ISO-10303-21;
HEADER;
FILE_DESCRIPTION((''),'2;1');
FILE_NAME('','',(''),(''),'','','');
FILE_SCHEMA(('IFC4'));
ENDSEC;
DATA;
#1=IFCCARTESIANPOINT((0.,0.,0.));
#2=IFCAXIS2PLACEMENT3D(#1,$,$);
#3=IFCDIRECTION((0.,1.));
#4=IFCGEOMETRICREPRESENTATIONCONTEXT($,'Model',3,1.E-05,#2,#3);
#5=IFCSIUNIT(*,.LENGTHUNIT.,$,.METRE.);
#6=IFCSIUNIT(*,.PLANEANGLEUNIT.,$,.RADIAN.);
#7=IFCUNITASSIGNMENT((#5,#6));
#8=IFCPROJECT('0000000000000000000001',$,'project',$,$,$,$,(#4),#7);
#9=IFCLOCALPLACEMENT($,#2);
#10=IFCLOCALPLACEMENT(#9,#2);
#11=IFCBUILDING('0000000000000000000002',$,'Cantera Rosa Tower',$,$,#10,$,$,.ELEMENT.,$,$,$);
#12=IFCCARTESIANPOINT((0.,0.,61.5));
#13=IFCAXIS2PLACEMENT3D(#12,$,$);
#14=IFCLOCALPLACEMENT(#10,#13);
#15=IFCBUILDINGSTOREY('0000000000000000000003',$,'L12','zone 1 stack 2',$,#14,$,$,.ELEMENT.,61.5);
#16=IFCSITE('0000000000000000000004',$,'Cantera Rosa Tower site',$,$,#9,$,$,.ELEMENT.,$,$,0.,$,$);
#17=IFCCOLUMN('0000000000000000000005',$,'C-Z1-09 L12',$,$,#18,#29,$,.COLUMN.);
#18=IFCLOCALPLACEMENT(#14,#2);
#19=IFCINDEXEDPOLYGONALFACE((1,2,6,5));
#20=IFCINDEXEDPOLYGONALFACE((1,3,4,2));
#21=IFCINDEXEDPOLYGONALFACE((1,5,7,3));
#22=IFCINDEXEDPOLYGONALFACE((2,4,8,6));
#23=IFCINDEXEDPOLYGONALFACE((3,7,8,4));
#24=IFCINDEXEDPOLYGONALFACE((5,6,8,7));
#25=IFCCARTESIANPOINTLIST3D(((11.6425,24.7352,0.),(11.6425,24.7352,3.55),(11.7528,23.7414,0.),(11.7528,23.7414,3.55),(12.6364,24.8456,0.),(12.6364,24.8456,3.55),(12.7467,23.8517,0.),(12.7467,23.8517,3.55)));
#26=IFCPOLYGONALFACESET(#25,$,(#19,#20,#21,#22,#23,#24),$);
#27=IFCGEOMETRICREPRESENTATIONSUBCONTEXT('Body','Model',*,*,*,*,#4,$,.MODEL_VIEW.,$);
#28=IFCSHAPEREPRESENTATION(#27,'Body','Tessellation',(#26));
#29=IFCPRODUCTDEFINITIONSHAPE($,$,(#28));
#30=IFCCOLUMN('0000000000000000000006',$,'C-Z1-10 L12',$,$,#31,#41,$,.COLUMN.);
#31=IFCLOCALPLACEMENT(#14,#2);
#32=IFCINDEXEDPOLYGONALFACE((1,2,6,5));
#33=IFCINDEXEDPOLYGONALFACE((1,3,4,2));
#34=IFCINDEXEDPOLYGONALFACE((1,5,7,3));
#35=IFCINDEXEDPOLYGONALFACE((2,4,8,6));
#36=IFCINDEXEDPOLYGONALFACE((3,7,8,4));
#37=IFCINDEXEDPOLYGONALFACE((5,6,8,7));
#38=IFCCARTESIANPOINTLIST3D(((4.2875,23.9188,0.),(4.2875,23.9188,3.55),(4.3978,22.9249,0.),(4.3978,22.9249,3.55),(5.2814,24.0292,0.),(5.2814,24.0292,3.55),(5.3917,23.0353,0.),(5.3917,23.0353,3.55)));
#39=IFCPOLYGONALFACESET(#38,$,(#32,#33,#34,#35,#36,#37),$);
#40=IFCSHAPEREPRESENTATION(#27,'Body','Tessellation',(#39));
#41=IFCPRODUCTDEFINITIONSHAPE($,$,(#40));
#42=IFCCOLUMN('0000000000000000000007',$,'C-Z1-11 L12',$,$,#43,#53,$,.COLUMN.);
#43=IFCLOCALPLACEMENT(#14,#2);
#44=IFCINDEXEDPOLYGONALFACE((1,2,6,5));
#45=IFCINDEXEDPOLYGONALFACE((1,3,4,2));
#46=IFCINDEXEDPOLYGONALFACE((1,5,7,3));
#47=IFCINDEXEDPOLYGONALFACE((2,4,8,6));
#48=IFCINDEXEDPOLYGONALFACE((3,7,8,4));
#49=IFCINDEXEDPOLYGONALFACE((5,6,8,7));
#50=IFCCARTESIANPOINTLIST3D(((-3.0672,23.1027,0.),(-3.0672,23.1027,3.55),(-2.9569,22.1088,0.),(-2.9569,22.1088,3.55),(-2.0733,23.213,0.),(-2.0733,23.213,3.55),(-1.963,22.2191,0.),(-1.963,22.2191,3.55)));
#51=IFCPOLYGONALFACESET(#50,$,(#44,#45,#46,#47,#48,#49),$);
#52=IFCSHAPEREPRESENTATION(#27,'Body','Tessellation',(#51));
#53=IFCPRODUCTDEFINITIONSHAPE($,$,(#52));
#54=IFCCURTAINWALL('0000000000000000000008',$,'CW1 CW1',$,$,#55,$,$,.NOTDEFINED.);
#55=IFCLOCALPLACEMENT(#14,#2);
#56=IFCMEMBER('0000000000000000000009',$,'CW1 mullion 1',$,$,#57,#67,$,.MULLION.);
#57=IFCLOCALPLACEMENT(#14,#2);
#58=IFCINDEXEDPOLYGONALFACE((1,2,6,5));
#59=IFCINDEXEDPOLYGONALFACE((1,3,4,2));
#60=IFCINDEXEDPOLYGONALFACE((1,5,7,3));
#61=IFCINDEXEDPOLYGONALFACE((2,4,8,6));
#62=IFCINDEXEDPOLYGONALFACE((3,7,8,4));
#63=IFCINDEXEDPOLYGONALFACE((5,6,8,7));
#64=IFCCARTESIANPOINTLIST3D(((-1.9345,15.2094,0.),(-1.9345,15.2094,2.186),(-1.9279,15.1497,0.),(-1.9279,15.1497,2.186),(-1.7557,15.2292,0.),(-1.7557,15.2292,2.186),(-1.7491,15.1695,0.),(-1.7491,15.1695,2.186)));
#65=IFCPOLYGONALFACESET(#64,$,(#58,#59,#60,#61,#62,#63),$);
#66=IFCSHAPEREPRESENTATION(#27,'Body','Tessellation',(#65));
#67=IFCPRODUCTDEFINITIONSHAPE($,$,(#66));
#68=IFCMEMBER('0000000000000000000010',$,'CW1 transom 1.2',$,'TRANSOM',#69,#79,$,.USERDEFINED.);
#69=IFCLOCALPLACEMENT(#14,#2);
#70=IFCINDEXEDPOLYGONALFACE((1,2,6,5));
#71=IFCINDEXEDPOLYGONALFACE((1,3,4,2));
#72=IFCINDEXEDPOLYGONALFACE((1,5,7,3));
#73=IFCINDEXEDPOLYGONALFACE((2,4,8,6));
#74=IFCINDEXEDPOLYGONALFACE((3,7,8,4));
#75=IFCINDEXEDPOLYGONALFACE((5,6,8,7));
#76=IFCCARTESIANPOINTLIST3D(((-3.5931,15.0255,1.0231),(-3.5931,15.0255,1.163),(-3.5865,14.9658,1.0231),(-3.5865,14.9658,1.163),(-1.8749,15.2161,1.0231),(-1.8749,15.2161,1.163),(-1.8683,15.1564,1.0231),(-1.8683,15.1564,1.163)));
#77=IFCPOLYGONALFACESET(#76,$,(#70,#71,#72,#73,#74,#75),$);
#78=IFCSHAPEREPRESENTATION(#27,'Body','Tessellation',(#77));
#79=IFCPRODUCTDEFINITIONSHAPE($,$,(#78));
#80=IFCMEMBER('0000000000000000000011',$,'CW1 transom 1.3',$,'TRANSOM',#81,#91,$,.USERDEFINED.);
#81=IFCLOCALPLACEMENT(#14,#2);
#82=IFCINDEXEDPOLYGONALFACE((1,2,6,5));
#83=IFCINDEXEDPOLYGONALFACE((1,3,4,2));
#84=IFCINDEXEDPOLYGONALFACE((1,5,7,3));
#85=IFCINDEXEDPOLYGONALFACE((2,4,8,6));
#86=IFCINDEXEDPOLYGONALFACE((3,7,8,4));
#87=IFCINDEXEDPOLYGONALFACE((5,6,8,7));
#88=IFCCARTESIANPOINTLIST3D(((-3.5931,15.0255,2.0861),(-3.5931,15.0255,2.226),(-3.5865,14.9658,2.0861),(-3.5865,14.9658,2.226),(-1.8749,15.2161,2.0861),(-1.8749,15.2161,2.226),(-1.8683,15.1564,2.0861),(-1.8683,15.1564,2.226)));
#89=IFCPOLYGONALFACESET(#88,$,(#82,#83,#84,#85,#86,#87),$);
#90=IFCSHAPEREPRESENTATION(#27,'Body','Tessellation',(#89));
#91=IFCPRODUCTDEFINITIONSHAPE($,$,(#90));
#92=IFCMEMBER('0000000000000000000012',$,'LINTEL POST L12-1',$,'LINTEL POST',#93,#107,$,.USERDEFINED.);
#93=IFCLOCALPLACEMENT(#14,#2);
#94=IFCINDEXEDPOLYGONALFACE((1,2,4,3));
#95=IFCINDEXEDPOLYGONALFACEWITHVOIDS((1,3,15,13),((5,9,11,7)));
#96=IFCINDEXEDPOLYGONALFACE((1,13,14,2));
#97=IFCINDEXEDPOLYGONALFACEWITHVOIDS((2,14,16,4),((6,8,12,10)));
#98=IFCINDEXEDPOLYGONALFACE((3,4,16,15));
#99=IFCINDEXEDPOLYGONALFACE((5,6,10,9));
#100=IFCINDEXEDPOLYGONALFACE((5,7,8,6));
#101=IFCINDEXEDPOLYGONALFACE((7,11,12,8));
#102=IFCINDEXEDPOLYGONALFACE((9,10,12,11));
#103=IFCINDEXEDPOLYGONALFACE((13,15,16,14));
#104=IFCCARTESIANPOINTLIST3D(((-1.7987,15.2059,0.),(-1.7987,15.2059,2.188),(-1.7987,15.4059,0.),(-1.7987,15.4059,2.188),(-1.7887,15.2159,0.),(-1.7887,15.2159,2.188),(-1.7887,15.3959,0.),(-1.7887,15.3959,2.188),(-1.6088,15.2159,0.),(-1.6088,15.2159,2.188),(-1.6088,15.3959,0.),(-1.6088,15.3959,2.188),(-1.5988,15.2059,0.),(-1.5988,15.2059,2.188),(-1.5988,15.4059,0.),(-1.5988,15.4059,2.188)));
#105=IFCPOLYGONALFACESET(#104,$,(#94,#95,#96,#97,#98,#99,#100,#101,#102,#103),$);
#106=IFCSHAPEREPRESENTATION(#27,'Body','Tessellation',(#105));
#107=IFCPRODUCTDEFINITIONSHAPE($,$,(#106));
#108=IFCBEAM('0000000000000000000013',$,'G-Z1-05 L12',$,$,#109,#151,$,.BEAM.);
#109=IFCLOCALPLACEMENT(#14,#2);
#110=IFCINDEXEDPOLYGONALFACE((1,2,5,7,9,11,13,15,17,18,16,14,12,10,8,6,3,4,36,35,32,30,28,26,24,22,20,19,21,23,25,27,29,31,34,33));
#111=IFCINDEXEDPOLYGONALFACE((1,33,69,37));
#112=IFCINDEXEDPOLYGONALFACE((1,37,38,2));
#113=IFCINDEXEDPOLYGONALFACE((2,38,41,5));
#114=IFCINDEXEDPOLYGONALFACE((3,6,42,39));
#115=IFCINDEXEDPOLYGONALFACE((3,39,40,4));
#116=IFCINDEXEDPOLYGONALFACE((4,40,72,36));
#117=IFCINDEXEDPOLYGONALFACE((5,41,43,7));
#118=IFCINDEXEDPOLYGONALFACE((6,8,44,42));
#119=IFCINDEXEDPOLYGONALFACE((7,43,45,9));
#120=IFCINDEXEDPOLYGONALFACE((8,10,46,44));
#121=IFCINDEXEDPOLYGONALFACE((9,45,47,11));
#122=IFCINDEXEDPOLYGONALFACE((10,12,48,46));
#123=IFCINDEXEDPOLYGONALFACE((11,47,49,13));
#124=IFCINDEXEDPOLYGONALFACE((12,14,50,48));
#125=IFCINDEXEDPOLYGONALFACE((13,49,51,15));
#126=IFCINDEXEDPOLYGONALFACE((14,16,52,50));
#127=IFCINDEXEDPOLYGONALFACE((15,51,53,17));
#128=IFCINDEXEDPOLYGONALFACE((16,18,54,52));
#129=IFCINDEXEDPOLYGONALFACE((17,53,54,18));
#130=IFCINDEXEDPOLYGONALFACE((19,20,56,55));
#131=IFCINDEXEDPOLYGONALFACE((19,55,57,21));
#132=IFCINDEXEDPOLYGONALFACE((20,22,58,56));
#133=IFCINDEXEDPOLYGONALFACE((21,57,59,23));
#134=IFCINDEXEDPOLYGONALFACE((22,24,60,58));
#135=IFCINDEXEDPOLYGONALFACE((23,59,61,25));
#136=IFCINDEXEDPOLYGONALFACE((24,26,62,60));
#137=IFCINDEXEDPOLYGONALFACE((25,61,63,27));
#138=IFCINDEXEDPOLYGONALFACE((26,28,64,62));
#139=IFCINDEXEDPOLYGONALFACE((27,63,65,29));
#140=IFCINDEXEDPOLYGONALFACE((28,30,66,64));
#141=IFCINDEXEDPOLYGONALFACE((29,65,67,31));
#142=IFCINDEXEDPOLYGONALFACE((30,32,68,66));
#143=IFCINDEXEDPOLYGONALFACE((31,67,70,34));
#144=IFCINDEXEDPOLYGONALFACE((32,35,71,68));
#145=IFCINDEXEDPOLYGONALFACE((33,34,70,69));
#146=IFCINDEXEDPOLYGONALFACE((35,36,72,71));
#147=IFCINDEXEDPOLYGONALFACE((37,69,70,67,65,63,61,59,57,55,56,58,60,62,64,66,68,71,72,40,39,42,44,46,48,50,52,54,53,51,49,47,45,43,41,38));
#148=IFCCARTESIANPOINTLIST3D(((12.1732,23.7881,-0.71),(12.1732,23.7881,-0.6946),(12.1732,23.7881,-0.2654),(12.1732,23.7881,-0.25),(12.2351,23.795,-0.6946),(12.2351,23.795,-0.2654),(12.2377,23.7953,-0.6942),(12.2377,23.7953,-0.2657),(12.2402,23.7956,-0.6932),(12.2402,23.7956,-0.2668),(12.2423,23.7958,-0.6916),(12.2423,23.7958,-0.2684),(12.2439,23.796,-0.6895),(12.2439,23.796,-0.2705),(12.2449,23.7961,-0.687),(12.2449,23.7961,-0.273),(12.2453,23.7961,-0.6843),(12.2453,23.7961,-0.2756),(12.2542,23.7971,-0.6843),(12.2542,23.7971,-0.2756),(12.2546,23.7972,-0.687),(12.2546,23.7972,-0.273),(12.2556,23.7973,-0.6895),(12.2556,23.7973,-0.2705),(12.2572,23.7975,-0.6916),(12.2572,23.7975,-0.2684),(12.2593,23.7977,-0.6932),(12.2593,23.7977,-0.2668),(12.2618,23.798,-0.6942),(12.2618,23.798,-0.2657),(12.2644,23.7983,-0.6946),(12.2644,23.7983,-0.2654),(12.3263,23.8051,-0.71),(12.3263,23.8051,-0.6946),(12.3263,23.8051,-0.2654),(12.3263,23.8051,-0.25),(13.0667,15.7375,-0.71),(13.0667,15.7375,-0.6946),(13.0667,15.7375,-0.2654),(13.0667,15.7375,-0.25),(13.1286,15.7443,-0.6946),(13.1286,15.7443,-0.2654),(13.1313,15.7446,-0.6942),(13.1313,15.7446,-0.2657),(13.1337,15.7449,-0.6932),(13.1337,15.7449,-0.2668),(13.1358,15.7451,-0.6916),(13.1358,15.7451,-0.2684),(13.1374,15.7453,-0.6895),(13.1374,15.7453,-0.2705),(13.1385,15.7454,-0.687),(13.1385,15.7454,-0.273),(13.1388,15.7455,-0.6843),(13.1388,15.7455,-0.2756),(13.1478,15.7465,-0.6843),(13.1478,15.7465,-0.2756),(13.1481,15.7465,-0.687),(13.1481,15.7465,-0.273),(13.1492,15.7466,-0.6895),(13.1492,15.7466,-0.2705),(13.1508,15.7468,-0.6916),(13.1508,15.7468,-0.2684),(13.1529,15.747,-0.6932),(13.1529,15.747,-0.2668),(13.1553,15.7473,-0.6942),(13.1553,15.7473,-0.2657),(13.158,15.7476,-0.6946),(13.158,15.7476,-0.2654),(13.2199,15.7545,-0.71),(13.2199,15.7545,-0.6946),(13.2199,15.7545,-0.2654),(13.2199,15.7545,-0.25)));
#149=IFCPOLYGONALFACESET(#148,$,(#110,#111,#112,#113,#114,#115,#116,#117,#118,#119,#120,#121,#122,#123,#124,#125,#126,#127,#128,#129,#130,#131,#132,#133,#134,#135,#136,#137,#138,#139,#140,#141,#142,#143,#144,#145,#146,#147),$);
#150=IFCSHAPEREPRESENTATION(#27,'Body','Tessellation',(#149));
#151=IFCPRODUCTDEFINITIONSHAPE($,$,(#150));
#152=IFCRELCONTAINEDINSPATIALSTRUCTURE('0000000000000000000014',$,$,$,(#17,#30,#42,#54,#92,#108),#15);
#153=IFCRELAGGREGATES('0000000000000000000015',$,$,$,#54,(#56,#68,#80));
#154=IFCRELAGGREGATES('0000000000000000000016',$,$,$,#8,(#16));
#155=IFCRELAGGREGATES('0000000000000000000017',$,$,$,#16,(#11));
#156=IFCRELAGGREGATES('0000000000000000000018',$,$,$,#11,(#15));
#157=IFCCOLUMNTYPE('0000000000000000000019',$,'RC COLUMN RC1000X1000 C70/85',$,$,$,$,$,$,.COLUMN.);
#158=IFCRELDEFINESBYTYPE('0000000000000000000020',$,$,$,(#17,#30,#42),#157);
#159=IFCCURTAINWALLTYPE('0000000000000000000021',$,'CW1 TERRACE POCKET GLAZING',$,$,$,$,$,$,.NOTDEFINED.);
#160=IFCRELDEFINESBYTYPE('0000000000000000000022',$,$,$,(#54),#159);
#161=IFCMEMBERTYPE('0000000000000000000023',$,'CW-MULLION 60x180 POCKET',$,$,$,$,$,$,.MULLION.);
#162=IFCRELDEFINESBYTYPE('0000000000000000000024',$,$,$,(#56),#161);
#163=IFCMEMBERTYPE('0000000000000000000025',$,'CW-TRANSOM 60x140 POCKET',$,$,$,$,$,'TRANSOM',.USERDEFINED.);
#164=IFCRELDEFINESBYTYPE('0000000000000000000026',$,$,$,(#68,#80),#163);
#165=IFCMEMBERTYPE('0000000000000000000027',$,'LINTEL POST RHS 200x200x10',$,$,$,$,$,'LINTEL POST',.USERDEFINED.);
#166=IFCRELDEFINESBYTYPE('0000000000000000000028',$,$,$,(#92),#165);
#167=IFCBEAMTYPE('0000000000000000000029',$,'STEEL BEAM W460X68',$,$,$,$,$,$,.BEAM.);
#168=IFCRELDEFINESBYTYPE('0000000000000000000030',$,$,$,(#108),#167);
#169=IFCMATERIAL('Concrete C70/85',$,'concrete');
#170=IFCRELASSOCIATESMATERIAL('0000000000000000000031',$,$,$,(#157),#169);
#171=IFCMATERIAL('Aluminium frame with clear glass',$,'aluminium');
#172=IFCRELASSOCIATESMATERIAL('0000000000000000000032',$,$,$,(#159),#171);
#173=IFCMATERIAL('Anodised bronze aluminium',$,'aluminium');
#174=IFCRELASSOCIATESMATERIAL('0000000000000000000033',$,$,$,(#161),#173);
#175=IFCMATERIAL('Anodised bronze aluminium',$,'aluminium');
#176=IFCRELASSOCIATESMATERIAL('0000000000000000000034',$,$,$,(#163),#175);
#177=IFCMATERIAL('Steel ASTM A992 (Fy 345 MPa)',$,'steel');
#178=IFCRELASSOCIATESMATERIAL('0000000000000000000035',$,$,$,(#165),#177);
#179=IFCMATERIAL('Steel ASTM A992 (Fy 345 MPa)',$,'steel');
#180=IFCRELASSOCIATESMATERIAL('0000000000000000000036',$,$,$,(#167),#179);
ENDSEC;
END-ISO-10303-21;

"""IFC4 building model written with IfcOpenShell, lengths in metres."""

from ifc_helpers import new_model, si_unit, direction, frame, origin, origin_2d, place, context, subcontext, project, spatial, rectangle, hollow_rectangle, i_section, extrude, material, material_profile, profile_set, type_object, element, aggregate, save


model = new_model("IFC4")

# Units and contexts
model_context = context("Model", 3, precision=1e-05, world=origin(), true_north=direction((0.0, 1.0)))
body_context = subcontext(model_context, "Body", "Model", "MODEL_VIEW")
ifc_project = project(units=[si_unit("LENGTHUNIT", "METRE"), si_unit("PLANEANGLEUNIT", "RADIAN")], contexts=[model_context])

# Site, building, storey
site_placement = place(None, origin())
site = spatial("IfcSite", under=ifc_project, at=site_placement, Name="Cantera Rosa Tower site", CompositionType="ELEMENT", RefElevation=0.0)
building_placement = place(site_placement, origin())
building = spatial("IfcBuilding", under=site, at=building_placement, Name="Cantera Rosa Tower", CompositionType="ELEMENT")
storey_placement = place(building_placement, frame((0.0, 0.0, 61.5)))
storey = spatial("IfcBuildingStorey", under=building, at=storey_placement, Name="L12", Description="zone 1 stack 2", CompositionType="ELEMENT", Elevation=61.5)

# Columns
ifc_material_1 = material(Name="Concrete C70/85", Category="concrete")
ifc_material_profile_1 = material_profile(ifc_material_1, rectangle(XDim=1.0, YDim=1.0, at=origin_2d()), Name="RC COLUMN RC1000X1000 C70/85")
ifc_profile_set_1 = profile_set([ifc_material_profile_1], Name="Concrete C70/85")
column_type = type_object("IfcColumnType", Name="RC COLUMN RC1000X1000 C70/85", PredefinedType="COLUMN", material=ifc_profile_set_1)
for number, where, z_axis, x_axis, name in (
    (1, (12.1946, 24.2935, 0.0), (0.0, 0.0, 1.0), (0.993897, 0.110313, 0.0), "C-Z1-09 L12"),
    (2, (4.8396, 23.4771, 0.0), (0.0, 0.0, 1.0), (0.993897, 0.110313, 0.0), "C-Z1-10 L12"),
    (3, (-2.5151, 22.6609, 0.0), (0.0, 0.0, 1.0), (0.993897, 0.110313, 0.0), "C-Z1-11 L12"),
):
    element("IfcColumn", number, at=place(storey_placement, frame(where, z_axis=z_axis, x_axis=x_axis)), inside=storey, type_object=column_type, Name=name, PredefinedType="COLUMN", context=body_context, shape_type="SweptSolid", body=[
        extrude(rectangle(XDim=1.0, YDim=1.0, at=origin_2d()), origin(), (0.0, 0.0, 1.0), 3.55),
    ])

# Curtain wall, members
ifc_material_2 = material(Name="Aluminium frame with clear glass", Category="aluminium")
curtain_wall_type = type_object("IfcCurtainWallType", Name="CW1 TERRACE POCKET GLAZING", PredefinedType="NOTDEFINED", material=ifc_material_2)
curtain_wall_placement = place(storey_placement, origin())
curtain_wall = element("IfcCurtainWall", 4, at=curtain_wall_placement, inside=storey, type_object=curtain_wall_type, Name="CW1 CW1", PredefinedType="NOTDEFINED")
ifc_material_3 = material(Name="Anodised bronze aluminium", Category="aluminium")
ifc_material_profile_2 = material_profile(ifc_material_3, rectangle(XDim=0.0601, YDim=0.1799, at=origin_2d()), Name="CW-MULLION 60x180 POCKET")
ifc_profile_set_2 = profile_set([ifc_material_profile_2], Name="Anodised bronze aluminium")
member_type_1 = type_object("IfcMemberType", Name="CW-MULLION 60x180 POCKET", PredefinedType="MULLION", material=ifc_profile_set_2)
member_1_placement = place(storey_placement, frame((-1.8418, 15.1895, 0.0), z_axis=(0.0, 0.0, 1.0), x_axis=(0.110313, -0.993897, 0.0)))
member_1 = element("IfcMember", 5, at=member_1_placement, type_object=member_type_1, Name="CW1 mullion 1", PredefinedType="MULLION", context=body_context, shape_type="SweptSolid", body=[
    extrude(rectangle(XDim=0.0601, YDim=0.1799, at=origin_2d()), origin(), (0.0, 0.0, 1.0), 2.186),
])
ifc_material_4 = material(Name="Anodised bronze aluminium", Category="aluminium")
ifc_material_profile_3 = material_profile(ifc_material_4, rectangle(XDim=0.0601, YDim=0.1399, at=origin_2d()), Name="CW-TRANSOM 60x140 POCKET")
ifc_profile_set_3 = profile_set([ifc_material_profile_3], Name="Anodised bronze aluminium")
member_type_2 = type_object("IfcMemberType", Name="CW-TRANSOM 60x140 POCKET", ElementType="TRANSOM", PredefinedType="USERDEFINED", material=ifc_profile_set_3)
member_2_placement = place(storey_placement, frame((-1.8716, 15.1863, 1.093), z_axis=(-0.993899, -0.110292, 0.0), x_axis=(0.110292, -0.993899, 0.0)))
member_2 = element("IfcMember", 6, at=member_2_placement, type_object=member_type_2, Name="CW1 transom 1.2", ObjectType="TRANSOM", PredefinedType="USERDEFINED", context=body_context, shape_type="SweptSolid", body=[
    extrude(rectangle(XDim=0.0601, YDim=0.1399, at=origin_2d()), origin(), (0.0, 0.0, 1.0), 1.7288),
])
member_3_placement = place(storey_placement, frame((-1.8716, 15.1863, 2.156), z_axis=(-0.993899, -0.110292, 0.0), x_axis=(0.110292, -0.993899, 0.0)))
member_3 = element("IfcMember", 7, at=member_3_placement, type_object=member_type_2, Name="CW1 transom 1.3", ObjectType="TRANSOM", PredefinedType="USERDEFINED", context=body_context, shape_type="SweptSolid", body=[
    extrude(rectangle(XDim=0.0601, YDim=0.1399, at=origin_2d()), origin(), (0.0, 0.0, 1.0), 1.7288),
])
aggregate(curtain_wall, [member_1, member_2, member_3])

# Member
ifc_material_5 = material(Name="Steel ASTM A992 (Fy 345 MPa)", Category="steel")
ifc_material_profile_4 = material_profile(ifc_material_5, hollow_rectangle(XDim=0.2, YDim=0.2, WallThickness=0.01, at=origin_2d()), Name="LINTEL POST RHS 200x200x10")
ifc_profile_set_4 = profile_set([ifc_material_profile_4], Name="Steel ASTM A992 (Fy 345 MPa)")
member_type_3 = type_object("IfcMemberType", Name="LINTEL POST RHS 200x200x10", ElementType="LINTEL POST", PredefinedType="USERDEFINED", material=ifc_profile_set_4)
member_4_placement = place(storey_placement, frame((-1.6987, 15.3059, 0.0), z_axis=(0.0, 0.0, 1.0), x_axis=(1.0, 0.0, 0.0)))
element("IfcMember", 8, at=member_4_placement, inside=storey, type_object=member_type_3, Name="LINTEL POST L12-1", ObjectType="LINTEL POST", PredefinedType="USERDEFINED", context=body_context, shape_type="SweptSolid", body=[
    extrude(hollow_rectangle(XDim=0.2, YDim=0.2, WallThickness=0.01, at=origin_2d()), origin(), (0.0, 0.0, 1.0), 2.188),
])

# Beam
ifc_material_6 = material(Name="Steel ASTM A992 (Fy 345 MPa)", Category="steel")
ifc_material_profile_5 = material_profile(ifc_material_6, i_section(OverallWidth=0.1541, OverallDepth=0.46, WebThickness=0.009, FlangeThickness=0.0154, FilletRadius=0.0103, at=origin_2d()), Name="W460X68")
ifc_profile_set_5 = profile_set([ifc_material_profile_5], Name="Steel ASTM A992 (Fy 345 MPa)")
beam_type_1 = type_object("IfcBeamType", Name="STEEL BEAM W460X68", PredefinedType="BEAM", material=ifc_profile_set_5)
beam_1_placement = place(storey_placement, frame((12.2498, 23.7966, -0.48), z_axis=(0.110312, -0.993897, 0.0), x_axis=(0.993897, 0.110312, 0.0)))
element("IfcBeam", 9, at=beam_1_placement, inside=storey, type_object=beam_type_1, Name="G-Z1-05 L12", PredefinedType="BEAM", context=body_context, shape_type="SweptSolid", body=[
    extrude(i_section(OverallWidth=0.1541, OverallDepth=0.46, WebThickness=0.009, FlangeThickness=0.0154, FilletRadius=0.0103, at=origin_2d()), origin(), (0.0, 0.0, 1.0), 8.1001),
])

save(model, "model.ifc")
